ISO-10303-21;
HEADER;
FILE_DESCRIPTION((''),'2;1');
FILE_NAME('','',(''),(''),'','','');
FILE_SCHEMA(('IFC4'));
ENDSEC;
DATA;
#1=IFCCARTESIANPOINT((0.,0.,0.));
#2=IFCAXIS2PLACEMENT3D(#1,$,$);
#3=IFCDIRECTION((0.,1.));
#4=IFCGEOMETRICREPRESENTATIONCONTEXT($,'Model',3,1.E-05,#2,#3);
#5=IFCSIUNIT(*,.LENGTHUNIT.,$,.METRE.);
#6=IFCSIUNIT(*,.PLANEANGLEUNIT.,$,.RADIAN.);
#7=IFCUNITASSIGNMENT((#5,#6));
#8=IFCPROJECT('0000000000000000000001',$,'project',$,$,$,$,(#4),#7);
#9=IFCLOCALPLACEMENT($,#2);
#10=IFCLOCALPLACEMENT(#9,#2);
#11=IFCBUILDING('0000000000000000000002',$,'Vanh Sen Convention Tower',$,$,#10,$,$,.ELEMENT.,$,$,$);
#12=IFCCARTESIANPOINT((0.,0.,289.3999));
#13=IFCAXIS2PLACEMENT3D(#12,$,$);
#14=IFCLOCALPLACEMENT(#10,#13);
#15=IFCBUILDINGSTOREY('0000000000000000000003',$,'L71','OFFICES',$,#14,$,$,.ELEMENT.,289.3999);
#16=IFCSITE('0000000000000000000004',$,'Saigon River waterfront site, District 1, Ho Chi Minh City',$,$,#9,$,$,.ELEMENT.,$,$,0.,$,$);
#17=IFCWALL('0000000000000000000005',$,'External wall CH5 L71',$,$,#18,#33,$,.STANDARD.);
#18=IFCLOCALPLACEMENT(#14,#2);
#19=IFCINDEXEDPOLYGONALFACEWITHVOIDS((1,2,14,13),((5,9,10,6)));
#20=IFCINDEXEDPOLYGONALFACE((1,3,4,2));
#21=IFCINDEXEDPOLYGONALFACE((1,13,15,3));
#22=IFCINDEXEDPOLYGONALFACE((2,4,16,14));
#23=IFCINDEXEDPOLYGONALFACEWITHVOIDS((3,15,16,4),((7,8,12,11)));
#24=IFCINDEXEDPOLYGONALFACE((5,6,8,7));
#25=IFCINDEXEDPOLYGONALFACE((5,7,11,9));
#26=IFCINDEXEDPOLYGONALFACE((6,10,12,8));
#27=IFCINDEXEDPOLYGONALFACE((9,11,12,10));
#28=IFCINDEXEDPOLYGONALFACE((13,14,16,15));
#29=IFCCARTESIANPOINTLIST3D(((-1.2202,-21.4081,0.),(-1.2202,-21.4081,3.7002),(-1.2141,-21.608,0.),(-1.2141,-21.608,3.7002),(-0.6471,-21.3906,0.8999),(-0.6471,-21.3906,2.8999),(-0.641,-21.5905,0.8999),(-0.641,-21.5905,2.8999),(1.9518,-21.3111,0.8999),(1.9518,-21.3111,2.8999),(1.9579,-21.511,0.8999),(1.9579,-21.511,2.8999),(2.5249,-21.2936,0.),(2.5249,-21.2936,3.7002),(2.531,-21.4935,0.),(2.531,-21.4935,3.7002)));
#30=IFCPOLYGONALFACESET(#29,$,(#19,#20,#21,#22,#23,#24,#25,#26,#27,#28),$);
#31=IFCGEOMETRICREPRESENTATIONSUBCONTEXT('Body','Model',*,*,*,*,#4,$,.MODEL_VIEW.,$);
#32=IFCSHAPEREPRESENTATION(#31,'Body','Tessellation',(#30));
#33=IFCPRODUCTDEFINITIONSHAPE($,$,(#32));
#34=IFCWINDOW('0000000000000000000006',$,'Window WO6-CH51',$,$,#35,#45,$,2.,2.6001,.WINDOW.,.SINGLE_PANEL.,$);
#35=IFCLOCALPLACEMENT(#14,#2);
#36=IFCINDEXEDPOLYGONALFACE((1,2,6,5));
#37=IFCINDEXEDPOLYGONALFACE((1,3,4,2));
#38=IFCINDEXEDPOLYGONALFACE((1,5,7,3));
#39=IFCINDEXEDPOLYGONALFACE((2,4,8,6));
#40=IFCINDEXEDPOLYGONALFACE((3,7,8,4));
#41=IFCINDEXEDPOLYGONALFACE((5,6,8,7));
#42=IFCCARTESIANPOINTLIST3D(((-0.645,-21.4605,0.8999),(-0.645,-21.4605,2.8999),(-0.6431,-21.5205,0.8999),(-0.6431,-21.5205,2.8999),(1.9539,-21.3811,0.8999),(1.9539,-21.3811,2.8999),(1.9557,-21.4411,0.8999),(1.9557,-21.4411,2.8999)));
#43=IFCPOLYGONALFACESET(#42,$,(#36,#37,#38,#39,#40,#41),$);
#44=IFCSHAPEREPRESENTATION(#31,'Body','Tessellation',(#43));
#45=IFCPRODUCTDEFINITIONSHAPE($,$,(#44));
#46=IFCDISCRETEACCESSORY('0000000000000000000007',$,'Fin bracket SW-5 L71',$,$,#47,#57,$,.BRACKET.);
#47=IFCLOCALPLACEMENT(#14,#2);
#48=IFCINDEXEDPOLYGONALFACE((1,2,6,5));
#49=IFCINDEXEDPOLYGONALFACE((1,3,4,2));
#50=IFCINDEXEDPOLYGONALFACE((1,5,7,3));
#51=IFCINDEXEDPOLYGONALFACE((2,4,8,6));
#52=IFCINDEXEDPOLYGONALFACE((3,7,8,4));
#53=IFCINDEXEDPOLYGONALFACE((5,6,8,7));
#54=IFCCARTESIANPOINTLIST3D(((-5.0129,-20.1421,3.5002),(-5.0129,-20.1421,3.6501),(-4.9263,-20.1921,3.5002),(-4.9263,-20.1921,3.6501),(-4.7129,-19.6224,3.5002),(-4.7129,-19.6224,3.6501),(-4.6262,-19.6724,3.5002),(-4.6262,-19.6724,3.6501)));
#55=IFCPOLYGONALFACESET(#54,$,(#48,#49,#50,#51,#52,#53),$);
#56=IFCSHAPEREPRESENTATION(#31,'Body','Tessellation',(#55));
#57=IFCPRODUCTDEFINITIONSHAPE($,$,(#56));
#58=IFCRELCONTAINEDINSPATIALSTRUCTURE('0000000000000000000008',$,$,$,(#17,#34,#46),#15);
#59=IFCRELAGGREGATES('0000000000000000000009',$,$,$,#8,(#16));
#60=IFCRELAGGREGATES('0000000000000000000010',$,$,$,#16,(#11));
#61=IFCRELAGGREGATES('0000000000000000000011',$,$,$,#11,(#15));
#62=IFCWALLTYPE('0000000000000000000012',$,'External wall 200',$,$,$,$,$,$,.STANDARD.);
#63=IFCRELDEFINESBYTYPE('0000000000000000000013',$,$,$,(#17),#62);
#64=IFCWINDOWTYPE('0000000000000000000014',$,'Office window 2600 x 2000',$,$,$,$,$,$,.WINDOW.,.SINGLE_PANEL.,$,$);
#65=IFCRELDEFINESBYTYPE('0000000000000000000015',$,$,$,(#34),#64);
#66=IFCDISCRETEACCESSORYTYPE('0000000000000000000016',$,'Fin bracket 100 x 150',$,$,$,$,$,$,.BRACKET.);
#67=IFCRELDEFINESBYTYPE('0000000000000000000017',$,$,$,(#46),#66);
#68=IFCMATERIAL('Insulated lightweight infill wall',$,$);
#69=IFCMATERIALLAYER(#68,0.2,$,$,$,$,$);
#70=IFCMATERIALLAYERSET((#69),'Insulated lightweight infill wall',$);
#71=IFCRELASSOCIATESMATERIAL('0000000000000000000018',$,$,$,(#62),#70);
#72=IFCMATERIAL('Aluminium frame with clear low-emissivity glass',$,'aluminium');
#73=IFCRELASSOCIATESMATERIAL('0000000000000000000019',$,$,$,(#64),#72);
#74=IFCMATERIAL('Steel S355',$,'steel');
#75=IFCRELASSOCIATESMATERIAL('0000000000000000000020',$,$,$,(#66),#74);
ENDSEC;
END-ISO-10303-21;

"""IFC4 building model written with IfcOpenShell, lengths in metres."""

from ifc_helpers import new_model, si_unit, direction, frame, frame_2d, origin, origin_2d, place, context, subcontext, project, spatial, rectangle, extrude, material, layer, layer_set, type_object, element, fill, save


model = new_model("IFC4")

# Units and contexts
model_context = context("Model", 3, precision=1e-05, world=origin(), true_north=direction((0.0, 1.0)))
body_context = subcontext(model_context, "Body", "Model", "MODEL_VIEW")
ifc_project = project(units=[si_unit("LENGTHUNIT", "METRE"), si_unit("PLANEANGLEUNIT", "RADIAN")], contexts=[model_context])

# Site, building, storey
site_placement = place(None, origin())
site = spatial("IfcSite", under=ifc_project, at=site_placement, Name="Saigon River waterfront site, District 1, Ho Chi Minh City", CompositionType="ELEMENT", RefElevation=0.0)
building_placement = place(site_placement, origin())
building = spatial("IfcBuilding", under=site, at=building_placement, Name="Vanh Sen Convention Tower", CompositionType="ELEMENT")
storey_placement = place(building_placement, frame((0.0, 0.0, 289.3999)))
storey = spatial("IfcBuildingStorey", under=building, at=storey_placement, Name="L71", Description="OFFICES", CompositionType="ELEMENT", Elevation=289.3999)

# Wall, opening, window
ifc_material_1 = material(Name="Insulated lightweight infill wall")
ifc_layer_1 = layer(ifc_material_1, 0.2)
ifc_layer_set_1 = layer_set([ifc_layer_1], Name="Insulated lightweight infill wall")
wall_type_1 = type_object("IfcWallType", Name="External wall 200", PredefinedType="STANDARD", material=ifc_layer_set_1)
wall_1_placement = place(storey_placement, frame((-1.2173, -21.5081, 0.0), z_axis=(0.0, 0.0, 1.0), x_axis=(0.999533, 0.030559, 0.0)))
wall_1 = element("IfcWall", 1, at=wall_1_placement, inside=storey, type_object=wall_type_1, Name="External wall CH5 L71", PredefinedType="STANDARD", context=body_context, shape_type="SweptSolid", body=[
    extrude(rectangle(XDim=3.7468, YDim=0.2, at=frame_2d((1.8735, 0.0))), origin(), (0.0, 0.0, 1.0), 3.7002),
])
opening_1_placement = place(wall_1_placement, frame((0.5735, 0.0, 0.8999)))
opening_1 = element("IfcOpeningElement", 2, at=opening_1_placement, cuts=wall_1, PredefinedType="OPENING", context=body_context, shape_type="SweptSolid", body=[
    extrude(rectangle(XDim=2.6001, YDim=2.0, at=frame_2d((1.3, 1.0))), frame((0.0, 0.1099, 0.0), z_axis=(0.0, -1.0, 0.0), x_axis=(1.0, 0.0, 0.0)), (0.0, 0.0, 1.0), 0.22),
])
ifc_material_2 = material(Name="Aluminium frame with clear low-emissivity glass", Category="aluminium")
window_type = type_object("IfcWindowType", Name="Office window 2600 x 2000", PartitioningType="SINGLE_PANEL", PredefinedType="WINDOW", material=ifc_material_2)
window_placement = place(opening_1_placement, origin())
window = element("IfcWindow", 3, at=window_placement, inside=storey, type_object=window_type, Name="Window WO6-CH51", OverallHeight=2.0, OverallWidth=2.6001, PartitioningType="SINGLE_PANEL", PredefinedType="WINDOW", context=body_context, shape_type="SweptSolid", body=[
    extrude(rectangle(XDim=2.6001, YDim=2.0, at=frame_2d((1.3, 1.0))), frame((0.0, 0.03, 0.0), z_axis=(0.0, -1.0, 0.0), x_axis=(1.0, 0.0, 0.0)), (0.0, 0.0, 1.0), 0.0601),
])
fill(opening_1, window)

# Discrete accessory
ifc_material_3 = material(Name="Steel S355", Category="steel")
discrete_accessory_type = type_object("IfcDiscreteAccessoryType", Name="Fin bracket 100 x 150", PredefinedType="BRACKET", material=ifc_material_3)
discrete_accessory_placement = place(storey_placement, frame((-4.8196, -19.9072, 3.5002), z_axis=(0.0, 0.0, 1.0), x_axis=(-0.5, -0.866025, 0.0)))
element("IfcDiscreteAccessory", 4, at=discrete_accessory_placement, inside=storey, type_object=discrete_accessory_type, Name="Fin bracket SW-5 L71", PredefinedType="BRACKET", context=body_context, shape_type="SweptSolid", body=[
    extrude(rectangle(XDim=0.6001, YDim=0.1001, at=origin_2d()), origin(), (0.0, 0.0, 1.0), 0.1499),
])

save(model, "model.ifc")
